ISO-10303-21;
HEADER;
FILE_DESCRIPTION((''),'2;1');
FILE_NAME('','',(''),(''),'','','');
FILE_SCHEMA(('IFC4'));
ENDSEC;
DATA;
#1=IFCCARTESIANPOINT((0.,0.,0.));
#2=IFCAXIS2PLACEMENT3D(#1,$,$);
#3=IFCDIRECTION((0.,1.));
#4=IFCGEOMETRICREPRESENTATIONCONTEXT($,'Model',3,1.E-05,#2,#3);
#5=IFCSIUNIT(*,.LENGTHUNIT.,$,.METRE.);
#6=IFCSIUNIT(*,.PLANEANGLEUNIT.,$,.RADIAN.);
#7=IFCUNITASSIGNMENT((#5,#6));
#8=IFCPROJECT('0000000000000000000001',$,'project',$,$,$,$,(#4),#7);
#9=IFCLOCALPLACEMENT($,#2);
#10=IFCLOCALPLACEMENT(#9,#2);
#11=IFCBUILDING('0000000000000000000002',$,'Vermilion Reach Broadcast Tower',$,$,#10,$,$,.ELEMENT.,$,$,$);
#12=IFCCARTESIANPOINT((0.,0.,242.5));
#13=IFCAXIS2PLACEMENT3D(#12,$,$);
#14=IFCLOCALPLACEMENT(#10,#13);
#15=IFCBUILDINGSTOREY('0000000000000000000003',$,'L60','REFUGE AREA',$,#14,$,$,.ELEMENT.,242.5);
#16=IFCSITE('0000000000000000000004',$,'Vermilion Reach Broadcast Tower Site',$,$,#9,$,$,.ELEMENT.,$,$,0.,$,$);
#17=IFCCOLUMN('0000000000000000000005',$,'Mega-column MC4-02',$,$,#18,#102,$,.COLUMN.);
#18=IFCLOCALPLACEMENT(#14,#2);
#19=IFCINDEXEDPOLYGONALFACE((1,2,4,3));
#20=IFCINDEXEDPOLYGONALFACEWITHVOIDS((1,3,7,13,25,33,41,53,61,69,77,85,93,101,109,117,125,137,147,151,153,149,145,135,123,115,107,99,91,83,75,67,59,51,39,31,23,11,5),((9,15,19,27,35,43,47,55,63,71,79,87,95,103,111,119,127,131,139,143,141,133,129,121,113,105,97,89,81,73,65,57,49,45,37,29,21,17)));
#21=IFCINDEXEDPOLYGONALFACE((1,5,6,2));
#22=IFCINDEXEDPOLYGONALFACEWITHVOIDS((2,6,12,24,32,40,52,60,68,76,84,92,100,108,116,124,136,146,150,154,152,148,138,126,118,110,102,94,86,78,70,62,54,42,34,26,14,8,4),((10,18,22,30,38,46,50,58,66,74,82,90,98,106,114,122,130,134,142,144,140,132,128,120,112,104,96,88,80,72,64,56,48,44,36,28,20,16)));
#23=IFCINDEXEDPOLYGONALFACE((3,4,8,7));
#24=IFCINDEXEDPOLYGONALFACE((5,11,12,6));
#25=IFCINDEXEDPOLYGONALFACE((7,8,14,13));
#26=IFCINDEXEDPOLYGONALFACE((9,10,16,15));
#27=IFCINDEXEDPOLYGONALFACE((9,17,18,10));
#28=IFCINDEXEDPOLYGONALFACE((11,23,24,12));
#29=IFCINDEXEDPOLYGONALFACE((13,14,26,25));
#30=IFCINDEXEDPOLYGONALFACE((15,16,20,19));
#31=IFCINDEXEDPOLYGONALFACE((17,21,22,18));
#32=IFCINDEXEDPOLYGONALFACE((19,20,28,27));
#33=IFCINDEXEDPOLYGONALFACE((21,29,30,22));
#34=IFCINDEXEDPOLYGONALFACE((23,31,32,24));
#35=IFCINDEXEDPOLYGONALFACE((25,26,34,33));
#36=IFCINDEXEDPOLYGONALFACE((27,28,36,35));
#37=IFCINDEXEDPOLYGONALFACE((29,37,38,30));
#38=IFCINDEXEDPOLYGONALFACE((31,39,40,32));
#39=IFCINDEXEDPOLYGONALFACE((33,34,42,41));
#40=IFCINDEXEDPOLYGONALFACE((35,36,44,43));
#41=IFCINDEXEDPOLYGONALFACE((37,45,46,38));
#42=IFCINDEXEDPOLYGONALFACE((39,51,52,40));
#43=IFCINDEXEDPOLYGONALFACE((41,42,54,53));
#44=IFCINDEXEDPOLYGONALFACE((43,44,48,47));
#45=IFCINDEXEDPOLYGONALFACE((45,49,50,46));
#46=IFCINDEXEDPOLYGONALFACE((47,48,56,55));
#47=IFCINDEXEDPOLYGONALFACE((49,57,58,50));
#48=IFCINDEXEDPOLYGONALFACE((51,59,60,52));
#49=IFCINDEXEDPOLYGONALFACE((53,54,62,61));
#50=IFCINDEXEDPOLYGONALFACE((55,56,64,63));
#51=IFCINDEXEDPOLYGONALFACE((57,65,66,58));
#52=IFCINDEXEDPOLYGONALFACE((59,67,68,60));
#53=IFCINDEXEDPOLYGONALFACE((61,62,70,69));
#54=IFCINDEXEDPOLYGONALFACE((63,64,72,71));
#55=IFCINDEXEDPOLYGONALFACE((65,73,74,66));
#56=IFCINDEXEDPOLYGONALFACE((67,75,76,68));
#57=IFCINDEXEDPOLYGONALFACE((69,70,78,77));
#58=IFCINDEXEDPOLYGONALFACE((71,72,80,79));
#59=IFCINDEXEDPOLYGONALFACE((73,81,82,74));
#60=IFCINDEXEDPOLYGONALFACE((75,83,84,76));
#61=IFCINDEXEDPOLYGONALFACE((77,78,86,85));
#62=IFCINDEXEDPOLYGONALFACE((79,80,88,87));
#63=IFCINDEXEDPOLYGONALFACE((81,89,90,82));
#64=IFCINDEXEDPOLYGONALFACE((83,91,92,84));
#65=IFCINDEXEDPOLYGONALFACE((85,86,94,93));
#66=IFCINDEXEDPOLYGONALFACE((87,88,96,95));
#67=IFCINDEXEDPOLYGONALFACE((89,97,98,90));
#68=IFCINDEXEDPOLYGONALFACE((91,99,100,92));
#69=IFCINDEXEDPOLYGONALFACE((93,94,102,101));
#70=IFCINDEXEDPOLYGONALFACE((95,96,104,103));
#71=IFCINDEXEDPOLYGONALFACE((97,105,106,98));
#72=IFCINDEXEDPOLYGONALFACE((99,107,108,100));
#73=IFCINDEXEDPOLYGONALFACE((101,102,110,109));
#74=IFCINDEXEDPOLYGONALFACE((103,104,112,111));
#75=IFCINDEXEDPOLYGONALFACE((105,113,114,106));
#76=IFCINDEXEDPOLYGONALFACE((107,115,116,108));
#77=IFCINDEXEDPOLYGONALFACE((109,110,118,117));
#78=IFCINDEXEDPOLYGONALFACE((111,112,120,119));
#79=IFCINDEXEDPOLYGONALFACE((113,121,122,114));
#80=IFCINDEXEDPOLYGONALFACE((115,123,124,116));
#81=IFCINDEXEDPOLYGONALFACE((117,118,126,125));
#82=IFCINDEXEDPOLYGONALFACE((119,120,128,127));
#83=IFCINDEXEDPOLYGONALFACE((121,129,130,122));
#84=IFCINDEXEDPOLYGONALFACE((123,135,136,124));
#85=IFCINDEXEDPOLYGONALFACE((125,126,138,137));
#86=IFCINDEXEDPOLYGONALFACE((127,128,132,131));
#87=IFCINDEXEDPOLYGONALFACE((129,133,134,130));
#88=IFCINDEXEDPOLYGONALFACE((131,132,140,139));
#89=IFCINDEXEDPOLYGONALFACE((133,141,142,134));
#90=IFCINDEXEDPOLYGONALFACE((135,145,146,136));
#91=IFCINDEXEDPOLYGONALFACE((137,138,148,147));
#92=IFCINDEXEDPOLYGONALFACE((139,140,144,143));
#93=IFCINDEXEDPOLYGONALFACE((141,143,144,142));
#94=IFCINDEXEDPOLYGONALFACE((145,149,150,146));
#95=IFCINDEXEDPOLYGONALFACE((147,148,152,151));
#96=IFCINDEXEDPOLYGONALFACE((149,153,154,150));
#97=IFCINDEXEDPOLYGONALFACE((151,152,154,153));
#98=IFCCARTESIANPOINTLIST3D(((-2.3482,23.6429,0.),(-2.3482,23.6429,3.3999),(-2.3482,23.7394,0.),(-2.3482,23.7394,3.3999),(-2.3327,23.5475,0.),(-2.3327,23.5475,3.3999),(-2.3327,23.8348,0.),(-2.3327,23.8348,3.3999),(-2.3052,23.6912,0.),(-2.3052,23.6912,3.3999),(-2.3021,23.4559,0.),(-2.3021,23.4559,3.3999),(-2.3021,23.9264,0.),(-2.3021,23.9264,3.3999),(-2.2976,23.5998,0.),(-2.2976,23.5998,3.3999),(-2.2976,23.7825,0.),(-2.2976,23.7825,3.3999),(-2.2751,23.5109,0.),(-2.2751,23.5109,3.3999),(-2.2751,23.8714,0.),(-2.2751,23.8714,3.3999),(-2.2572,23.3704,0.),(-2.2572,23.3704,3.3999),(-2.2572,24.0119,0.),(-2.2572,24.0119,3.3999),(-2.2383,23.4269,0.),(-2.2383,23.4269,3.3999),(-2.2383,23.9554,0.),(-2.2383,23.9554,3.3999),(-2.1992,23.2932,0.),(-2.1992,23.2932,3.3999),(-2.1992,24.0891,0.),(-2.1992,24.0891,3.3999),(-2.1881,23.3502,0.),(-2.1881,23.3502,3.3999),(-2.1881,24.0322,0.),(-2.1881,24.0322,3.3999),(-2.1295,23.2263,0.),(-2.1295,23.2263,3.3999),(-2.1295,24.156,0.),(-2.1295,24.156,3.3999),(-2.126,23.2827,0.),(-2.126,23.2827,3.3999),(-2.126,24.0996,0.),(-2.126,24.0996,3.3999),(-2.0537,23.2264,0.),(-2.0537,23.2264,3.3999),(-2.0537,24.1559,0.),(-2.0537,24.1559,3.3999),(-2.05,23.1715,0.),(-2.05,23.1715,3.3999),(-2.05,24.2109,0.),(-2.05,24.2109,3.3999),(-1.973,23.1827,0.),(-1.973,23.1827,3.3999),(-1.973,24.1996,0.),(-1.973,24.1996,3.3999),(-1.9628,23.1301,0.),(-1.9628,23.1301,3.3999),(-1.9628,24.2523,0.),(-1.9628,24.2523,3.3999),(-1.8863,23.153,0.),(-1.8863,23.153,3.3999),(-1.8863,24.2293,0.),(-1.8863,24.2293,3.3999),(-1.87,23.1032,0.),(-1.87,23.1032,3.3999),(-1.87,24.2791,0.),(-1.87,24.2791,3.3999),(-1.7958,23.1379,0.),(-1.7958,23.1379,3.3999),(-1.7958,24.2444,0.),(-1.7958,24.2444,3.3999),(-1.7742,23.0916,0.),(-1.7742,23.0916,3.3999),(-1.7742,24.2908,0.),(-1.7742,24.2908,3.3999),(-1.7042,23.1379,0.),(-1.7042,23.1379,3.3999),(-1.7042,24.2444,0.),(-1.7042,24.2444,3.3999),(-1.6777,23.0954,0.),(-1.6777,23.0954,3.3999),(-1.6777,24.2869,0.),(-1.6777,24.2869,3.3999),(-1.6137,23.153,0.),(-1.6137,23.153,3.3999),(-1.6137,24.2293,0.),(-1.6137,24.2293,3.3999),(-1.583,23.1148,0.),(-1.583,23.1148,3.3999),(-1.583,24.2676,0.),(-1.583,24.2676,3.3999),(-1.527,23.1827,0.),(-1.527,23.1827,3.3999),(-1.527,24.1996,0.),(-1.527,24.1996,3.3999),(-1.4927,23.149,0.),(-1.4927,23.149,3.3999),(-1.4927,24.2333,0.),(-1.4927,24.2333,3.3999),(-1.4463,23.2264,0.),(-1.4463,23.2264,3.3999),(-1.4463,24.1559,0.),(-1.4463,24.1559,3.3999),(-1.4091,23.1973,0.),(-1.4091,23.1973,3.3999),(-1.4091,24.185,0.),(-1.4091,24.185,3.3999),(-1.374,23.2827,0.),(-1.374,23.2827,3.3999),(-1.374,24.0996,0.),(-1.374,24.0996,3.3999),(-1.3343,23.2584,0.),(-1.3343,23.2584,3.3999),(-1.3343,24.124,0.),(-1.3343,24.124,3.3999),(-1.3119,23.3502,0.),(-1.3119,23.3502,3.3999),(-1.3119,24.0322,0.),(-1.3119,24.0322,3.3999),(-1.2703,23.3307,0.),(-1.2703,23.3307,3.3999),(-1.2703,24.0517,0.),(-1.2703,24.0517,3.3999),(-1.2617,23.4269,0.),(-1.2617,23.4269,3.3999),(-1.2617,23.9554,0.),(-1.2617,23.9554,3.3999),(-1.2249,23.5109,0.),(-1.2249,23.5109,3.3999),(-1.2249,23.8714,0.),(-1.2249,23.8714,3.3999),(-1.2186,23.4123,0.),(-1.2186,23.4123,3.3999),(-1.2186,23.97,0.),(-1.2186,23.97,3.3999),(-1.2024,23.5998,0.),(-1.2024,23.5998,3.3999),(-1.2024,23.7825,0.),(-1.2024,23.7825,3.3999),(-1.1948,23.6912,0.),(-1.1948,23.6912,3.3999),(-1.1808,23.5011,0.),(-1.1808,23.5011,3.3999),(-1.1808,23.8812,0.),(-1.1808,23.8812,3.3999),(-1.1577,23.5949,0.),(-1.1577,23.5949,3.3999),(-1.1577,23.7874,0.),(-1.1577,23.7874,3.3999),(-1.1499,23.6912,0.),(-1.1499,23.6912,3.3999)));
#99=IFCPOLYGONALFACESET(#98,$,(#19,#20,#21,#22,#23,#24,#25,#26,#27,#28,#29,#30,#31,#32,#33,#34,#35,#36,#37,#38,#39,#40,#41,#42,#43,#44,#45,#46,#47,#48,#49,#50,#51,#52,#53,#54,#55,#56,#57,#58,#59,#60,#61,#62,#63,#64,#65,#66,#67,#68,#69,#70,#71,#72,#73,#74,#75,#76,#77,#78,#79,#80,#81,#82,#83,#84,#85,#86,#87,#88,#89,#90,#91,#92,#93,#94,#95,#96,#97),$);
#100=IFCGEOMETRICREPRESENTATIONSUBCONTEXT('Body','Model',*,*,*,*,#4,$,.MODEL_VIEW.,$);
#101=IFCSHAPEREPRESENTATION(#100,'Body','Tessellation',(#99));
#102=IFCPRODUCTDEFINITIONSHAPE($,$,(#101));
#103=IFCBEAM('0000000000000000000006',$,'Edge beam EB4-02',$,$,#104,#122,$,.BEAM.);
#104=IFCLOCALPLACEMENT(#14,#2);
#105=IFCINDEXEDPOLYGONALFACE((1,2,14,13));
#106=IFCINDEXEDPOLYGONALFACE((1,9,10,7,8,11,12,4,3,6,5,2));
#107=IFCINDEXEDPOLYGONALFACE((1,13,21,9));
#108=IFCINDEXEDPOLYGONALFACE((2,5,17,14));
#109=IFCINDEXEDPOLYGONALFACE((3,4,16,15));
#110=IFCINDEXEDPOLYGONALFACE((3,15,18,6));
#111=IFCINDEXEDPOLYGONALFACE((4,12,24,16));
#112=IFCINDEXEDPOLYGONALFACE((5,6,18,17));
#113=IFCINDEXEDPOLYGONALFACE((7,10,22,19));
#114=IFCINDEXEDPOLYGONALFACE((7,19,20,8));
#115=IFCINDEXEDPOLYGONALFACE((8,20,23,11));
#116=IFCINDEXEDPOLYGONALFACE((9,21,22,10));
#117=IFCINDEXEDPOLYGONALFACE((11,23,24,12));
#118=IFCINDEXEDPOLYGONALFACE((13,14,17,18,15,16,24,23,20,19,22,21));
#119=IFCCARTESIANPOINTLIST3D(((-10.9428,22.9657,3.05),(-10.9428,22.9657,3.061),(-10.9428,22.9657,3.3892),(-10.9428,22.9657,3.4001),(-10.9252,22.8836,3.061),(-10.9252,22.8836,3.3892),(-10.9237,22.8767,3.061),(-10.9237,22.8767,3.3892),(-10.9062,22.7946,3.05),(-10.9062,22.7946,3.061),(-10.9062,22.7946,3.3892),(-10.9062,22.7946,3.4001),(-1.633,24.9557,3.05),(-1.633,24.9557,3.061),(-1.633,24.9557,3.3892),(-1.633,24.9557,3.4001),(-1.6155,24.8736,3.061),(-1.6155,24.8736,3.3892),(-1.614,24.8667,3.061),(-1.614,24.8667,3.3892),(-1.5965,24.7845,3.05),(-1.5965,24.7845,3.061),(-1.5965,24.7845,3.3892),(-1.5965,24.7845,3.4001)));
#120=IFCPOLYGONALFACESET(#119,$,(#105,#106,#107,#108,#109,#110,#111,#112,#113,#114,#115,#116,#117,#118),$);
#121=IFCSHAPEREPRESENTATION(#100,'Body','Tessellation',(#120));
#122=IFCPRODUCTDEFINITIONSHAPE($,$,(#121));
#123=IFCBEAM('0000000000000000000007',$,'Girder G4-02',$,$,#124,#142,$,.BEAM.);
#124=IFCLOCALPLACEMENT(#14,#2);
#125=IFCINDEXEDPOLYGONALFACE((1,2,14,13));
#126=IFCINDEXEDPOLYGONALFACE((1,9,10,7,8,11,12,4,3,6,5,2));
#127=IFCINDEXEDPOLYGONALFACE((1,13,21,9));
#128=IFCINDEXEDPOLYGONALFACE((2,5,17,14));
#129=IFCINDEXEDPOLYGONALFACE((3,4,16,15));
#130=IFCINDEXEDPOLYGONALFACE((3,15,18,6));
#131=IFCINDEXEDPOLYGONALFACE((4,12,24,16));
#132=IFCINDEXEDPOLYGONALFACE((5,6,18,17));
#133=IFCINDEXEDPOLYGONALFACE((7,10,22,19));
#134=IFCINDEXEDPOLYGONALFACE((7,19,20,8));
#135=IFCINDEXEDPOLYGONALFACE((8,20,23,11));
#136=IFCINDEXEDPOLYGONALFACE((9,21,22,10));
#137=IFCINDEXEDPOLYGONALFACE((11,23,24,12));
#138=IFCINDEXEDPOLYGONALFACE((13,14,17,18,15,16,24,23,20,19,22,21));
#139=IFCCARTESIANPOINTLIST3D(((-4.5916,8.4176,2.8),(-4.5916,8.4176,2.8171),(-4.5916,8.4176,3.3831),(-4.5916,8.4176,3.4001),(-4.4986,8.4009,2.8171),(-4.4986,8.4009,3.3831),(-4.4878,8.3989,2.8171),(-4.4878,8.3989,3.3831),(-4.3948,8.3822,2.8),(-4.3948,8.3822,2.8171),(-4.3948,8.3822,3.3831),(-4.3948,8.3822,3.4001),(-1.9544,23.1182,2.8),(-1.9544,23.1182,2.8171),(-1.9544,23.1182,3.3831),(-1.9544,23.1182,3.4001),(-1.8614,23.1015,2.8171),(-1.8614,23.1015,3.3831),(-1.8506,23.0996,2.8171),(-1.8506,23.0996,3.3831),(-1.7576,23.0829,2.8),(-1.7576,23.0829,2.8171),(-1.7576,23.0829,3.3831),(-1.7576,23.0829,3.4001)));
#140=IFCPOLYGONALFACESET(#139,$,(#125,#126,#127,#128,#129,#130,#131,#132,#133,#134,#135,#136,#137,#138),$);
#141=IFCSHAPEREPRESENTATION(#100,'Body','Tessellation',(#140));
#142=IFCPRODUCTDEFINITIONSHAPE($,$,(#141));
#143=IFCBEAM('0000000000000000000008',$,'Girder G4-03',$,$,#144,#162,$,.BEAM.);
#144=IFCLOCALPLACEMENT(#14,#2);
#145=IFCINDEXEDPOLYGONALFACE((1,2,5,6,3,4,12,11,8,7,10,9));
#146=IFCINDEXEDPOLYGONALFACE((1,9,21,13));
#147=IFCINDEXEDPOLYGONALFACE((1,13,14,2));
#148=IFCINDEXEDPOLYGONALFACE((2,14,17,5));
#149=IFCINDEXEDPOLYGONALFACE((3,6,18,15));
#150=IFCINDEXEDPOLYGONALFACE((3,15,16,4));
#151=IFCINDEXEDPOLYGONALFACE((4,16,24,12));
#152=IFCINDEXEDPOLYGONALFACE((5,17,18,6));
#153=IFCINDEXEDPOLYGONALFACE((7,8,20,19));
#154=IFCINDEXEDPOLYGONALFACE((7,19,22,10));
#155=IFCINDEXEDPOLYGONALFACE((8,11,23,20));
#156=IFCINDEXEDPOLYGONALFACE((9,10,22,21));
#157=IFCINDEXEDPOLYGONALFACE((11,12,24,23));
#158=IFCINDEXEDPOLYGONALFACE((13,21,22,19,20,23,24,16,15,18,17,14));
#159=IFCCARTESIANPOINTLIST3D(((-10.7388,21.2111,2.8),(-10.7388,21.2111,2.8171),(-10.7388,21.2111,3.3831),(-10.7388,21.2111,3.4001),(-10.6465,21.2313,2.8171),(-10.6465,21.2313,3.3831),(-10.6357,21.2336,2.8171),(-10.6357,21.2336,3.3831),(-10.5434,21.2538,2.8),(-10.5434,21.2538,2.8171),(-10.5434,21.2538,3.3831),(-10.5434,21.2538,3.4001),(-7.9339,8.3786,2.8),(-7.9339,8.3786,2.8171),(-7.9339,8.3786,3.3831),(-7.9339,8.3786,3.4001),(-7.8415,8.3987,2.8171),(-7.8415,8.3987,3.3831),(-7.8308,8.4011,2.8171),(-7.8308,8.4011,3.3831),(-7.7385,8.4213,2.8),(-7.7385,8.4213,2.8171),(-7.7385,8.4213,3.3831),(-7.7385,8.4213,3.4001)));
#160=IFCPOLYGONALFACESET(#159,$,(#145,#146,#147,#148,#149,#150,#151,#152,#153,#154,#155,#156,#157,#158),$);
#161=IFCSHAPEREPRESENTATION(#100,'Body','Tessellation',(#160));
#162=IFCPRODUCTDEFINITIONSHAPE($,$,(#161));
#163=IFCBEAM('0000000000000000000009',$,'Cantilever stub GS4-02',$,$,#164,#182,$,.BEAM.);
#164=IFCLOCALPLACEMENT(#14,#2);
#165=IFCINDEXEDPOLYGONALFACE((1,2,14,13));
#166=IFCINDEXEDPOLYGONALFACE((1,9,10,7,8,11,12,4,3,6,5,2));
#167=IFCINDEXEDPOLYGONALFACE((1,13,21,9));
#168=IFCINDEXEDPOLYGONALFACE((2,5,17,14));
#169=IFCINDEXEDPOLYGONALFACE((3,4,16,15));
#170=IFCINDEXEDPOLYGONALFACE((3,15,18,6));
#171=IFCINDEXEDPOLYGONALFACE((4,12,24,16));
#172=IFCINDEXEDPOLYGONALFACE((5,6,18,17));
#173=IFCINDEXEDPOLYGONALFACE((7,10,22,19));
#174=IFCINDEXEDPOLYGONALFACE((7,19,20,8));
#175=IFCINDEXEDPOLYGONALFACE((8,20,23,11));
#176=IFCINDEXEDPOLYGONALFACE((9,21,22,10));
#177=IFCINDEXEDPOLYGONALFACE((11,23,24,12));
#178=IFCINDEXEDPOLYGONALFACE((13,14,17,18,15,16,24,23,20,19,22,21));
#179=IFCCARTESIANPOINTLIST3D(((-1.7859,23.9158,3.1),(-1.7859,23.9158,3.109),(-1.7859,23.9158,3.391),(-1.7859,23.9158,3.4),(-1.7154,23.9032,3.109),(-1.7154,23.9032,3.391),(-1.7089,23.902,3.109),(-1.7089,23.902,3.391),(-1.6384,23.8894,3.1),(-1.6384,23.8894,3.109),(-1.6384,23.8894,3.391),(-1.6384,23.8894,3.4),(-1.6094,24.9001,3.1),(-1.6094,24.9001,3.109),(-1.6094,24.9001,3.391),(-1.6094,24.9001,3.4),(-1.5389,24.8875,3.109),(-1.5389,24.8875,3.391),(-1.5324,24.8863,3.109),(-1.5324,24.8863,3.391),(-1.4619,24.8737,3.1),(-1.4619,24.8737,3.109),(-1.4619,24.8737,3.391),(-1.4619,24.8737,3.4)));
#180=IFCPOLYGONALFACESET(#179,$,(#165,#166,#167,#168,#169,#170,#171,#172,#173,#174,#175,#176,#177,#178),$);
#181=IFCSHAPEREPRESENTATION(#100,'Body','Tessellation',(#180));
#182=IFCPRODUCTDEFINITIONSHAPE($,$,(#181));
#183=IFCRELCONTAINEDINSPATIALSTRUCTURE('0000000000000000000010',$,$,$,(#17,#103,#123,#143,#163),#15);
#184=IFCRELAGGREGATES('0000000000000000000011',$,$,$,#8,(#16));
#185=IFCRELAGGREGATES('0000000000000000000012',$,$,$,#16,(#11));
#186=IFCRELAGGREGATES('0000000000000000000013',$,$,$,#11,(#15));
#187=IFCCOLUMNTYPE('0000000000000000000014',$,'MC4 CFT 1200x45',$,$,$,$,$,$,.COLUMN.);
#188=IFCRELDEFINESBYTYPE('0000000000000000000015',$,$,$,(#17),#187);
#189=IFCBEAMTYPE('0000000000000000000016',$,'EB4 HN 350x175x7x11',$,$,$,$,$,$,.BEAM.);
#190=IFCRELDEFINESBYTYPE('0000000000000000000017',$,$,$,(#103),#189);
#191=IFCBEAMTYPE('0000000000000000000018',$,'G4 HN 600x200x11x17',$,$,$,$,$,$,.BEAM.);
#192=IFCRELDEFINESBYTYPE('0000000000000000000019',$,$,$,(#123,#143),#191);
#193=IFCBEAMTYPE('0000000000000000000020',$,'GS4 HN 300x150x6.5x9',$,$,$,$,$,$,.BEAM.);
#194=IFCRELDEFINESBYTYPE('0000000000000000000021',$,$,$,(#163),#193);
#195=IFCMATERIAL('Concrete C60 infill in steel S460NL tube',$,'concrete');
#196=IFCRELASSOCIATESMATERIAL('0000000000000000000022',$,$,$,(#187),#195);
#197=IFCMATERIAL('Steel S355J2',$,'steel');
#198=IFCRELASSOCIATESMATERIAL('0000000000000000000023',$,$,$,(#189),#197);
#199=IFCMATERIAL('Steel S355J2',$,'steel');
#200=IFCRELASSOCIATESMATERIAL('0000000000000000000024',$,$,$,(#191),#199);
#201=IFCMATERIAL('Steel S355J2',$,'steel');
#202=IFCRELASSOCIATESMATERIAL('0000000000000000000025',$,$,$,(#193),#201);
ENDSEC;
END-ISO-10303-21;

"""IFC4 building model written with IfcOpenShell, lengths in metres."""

from ifc_helpers import new_model, si_unit, direction, frame, origin, origin_2d, place, context, subcontext, project, spatial, hollow_circle, i_section, extrude, material, material_profile, profile_set, type_object, element, save


model = new_model("IFC4")

# Units and contexts
model_context = context("Model", 3, precision=1e-05, world=origin(), true_north=direction((0.0, 1.0)))
body_context = subcontext(model_context, "Body", "Model", "MODEL_VIEW")
ifc_project = project(units=[si_unit("LENGTHUNIT", "METRE"), si_unit("PLANEANGLEUNIT", "RADIAN")], contexts=[model_context])

# Site, building, storey
site_placement = place(None, origin())
site = spatial("IfcSite", under=ifc_project, at=site_placement, Name="Vermilion Reach Broadcast Tower Site", CompositionType="ELEMENT", RefElevation=0.0)
building_placement = place(site_placement, origin())
building = spatial("IfcBuilding", under=site, at=building_placement, Name="Vermilion Reach Broadcast Tower", CompositionType="ELEMENT")
storey_placement = place(building_placement, frame((0.0, 0.0, 242.5)))
storey = spatial("IfcBuildingStorey", under=building, at=storey_placement, Name="L60", Description="REFUGE AREA", CompositionType="ELEMENT", Elevation=242.5)

# Column
ifc_material_1 = material(Name="Concrete C60 infill in steel S460NL tube", Category="concrete")
ifc_material_profile_1 = material_profile(ifc_material_1, hollow_circle(Radius=0.6001, WallThickness=0.0449, at=origin_2d()), Name="Concrete C60 infill in steel S460NL tube CFT 1200x45")
ifc_profile_set_1 = profile_set([ifc_material_profile_1], Name="Concrete C60 infill in steel S460NL tube")
column_type = type_object("IfcColumnType", Name="MC4 CFT 1200x45", PredefinedType="COLUMN", material=ifc_profile_set_1)
column_placement = place(storey_placement, frame((-1.75, 23.6912, 0.0), z_axis=(0.0, 0.0, 1.0), x_axis=(1.0, 0.0, 0.0)))
element("IfcColumn", 1, at=column_placement, inside=storey, type_object=column_type, Name="Mega-column MC4-02", PredefinedType="COLUMN", context=body_context, shape_type="SweptSolid", body=[
    extrude(hollow_circle(Radius=0.6001, WallThickness=0.0449, at=origin_2d()), origin(), (0.0, 0.0, 1.0), 3.3999),
])

# Beams
ifc_material_2 = material(Name="Steel S355J2", Category="steel")
ifc_material_profile_2 = material_profile(ifc_material_2, i_section(OverallWidth=0.175, OverallDepth=0.3501, WebThickness=0.0071, FlangeThickness=0.011, at=origin_2d()), Name="S355J2 HN 350x175x7x11")
ifc_profile_set_2 = profile_set([ifc_material_profile_2], Name="Steel S355J2")
beam_type_1 = type_object("IfcBeamType", Name="EB4 HN 350x175x7x11", PredefinedType="BEAM", material=ifc_profile_set_2)
beam_1_placement = place(storey_placement, frame((-1.6147, 24.8701, 3.2251), z_axis=(-0.977909, -0.20903, 0.0), x_axis=(0.20903, -0.977909, 0.0)))
element("IfcBeam", 2, at=beam_1_placement, inside=storey, type_object=beam_type_1, Name="Edge beam EB4-02", PredefinedType="BEAM", context=body_context, shape_type="SweptSolid", body=[
    extrude(i_section(OverallWidth=0.175, OverallDepth=0.3501, WebThickness=0.0071, FlangeThickness=0.011, at=origin_2d()), origin(), (0.0, 0.0, 1.0), 9.52),
])
ifc_material_3 = material(Name="Steel S355J2", Category="steel")
ifc_material_profile_3 = material_profile(ifc_material_3, i_section(OverallWidth=0.2, OverallDepth=0.6001, WebThickness=0.011, FlangeThickness=0.0171, at=origin_2d()), Name="S355J2 HN 600x200x11x17")
ifc_profile_set_3 = profile_set([ifc_material_profile_3], Name="Steel S355J2")
beam_type_2 = type_object("IfcBeamType", Name="G4 HN 600x200x11x17", PredefinedType="BEAM", material=ifc_profile_set_3)
beam_2_placement = place(storey_placement, frame((-4.4932, 8.3999, 3.1001), z_axis=(0.176575, 0.984287, 0.0), x_axis=(-0.984287, 0.176575, 0.0)))
element("IfcBeam", 3, at=beam_2_placement, inside=storey, type_object=beam_type_2, Name="Girder G4-02", PredefinedType="BEAM", context=body_context, shape_type="SweptSolid", body=[
    extrude(i_section(OverallWidth=0.2, OverallDepth=0.6001, WebThickness=0.011, FlangeThickness=0.0171, at=origin_2d()), origin(), (0.0, 0.0, 1.0), 14.9353),
])
beam_3_placement = place(storey_placement, frame((-7.8362, 8.3999, 3.1001), z_axis=(-0.213538, 0.976935, 0.0), x_axis=(-0.976935, -0.213538, 0.0)))
element("IfcBeam", 4, at=beam_3_placement, inside=storey, type_object=beam_type_2, Name="Girder G4-03", PredefinedType="BEAM", context=body_context, shape_type="SweptSolid", body=[
    extrude(i_section(OverallWidth=0.2, OverallDepth=0.6001, WebThickness=0.011, FlangeThickness=0.0171, at=origin_2d()), origin(), (0.0, 0.0, 1.0), 13.1355),
])
ifc_material_4 = material(Name="Steel S355J2", Category="steel")
ifc_material_profile_4 = material_profile(ifc_material_4, i_section(OverallWidth=0.1499, OverallDepth=0.3, WebThickness=0.0066, FlangeThickness=0.009, at=origin_2d()), Name="S355J2 HN 300x150x6.5x9")
ifc_profile_set_4 = profile_set([ifc_material_profile_4], Name="Steel S355J2")
beam_type_3 = type_object("IfcBeamType", Name="GS4 HN 300x150x6.5x9", PredefinedType="BEAM", material=ifc_profile_set_4)
beam_4_placement = place(storey_placement, frame((-1.7122, 23.9026, 3.25), z_axis=(0.1765, 0.984301, 0.0), x_axis=(-0.984301, 0.1765, 0.0)))
element("IfcBeam", 5, at=beam_4_placement, inside=storey, type_object=beam_type_3, Name="Cantilever stub GS4-02", PredefinedType="BEAM", context=body_context, shape_type="SweptSolid", body=[
    extrude(i_section(OverallWidth=0.1499, OverallDepth=0.3, WebThickness=0.0066, FlangeThickness=0.009, at=origin_2d()), origin(), (0.0, 0.0, 1.0), 1.0),
])

save(model, "model.ifc")
